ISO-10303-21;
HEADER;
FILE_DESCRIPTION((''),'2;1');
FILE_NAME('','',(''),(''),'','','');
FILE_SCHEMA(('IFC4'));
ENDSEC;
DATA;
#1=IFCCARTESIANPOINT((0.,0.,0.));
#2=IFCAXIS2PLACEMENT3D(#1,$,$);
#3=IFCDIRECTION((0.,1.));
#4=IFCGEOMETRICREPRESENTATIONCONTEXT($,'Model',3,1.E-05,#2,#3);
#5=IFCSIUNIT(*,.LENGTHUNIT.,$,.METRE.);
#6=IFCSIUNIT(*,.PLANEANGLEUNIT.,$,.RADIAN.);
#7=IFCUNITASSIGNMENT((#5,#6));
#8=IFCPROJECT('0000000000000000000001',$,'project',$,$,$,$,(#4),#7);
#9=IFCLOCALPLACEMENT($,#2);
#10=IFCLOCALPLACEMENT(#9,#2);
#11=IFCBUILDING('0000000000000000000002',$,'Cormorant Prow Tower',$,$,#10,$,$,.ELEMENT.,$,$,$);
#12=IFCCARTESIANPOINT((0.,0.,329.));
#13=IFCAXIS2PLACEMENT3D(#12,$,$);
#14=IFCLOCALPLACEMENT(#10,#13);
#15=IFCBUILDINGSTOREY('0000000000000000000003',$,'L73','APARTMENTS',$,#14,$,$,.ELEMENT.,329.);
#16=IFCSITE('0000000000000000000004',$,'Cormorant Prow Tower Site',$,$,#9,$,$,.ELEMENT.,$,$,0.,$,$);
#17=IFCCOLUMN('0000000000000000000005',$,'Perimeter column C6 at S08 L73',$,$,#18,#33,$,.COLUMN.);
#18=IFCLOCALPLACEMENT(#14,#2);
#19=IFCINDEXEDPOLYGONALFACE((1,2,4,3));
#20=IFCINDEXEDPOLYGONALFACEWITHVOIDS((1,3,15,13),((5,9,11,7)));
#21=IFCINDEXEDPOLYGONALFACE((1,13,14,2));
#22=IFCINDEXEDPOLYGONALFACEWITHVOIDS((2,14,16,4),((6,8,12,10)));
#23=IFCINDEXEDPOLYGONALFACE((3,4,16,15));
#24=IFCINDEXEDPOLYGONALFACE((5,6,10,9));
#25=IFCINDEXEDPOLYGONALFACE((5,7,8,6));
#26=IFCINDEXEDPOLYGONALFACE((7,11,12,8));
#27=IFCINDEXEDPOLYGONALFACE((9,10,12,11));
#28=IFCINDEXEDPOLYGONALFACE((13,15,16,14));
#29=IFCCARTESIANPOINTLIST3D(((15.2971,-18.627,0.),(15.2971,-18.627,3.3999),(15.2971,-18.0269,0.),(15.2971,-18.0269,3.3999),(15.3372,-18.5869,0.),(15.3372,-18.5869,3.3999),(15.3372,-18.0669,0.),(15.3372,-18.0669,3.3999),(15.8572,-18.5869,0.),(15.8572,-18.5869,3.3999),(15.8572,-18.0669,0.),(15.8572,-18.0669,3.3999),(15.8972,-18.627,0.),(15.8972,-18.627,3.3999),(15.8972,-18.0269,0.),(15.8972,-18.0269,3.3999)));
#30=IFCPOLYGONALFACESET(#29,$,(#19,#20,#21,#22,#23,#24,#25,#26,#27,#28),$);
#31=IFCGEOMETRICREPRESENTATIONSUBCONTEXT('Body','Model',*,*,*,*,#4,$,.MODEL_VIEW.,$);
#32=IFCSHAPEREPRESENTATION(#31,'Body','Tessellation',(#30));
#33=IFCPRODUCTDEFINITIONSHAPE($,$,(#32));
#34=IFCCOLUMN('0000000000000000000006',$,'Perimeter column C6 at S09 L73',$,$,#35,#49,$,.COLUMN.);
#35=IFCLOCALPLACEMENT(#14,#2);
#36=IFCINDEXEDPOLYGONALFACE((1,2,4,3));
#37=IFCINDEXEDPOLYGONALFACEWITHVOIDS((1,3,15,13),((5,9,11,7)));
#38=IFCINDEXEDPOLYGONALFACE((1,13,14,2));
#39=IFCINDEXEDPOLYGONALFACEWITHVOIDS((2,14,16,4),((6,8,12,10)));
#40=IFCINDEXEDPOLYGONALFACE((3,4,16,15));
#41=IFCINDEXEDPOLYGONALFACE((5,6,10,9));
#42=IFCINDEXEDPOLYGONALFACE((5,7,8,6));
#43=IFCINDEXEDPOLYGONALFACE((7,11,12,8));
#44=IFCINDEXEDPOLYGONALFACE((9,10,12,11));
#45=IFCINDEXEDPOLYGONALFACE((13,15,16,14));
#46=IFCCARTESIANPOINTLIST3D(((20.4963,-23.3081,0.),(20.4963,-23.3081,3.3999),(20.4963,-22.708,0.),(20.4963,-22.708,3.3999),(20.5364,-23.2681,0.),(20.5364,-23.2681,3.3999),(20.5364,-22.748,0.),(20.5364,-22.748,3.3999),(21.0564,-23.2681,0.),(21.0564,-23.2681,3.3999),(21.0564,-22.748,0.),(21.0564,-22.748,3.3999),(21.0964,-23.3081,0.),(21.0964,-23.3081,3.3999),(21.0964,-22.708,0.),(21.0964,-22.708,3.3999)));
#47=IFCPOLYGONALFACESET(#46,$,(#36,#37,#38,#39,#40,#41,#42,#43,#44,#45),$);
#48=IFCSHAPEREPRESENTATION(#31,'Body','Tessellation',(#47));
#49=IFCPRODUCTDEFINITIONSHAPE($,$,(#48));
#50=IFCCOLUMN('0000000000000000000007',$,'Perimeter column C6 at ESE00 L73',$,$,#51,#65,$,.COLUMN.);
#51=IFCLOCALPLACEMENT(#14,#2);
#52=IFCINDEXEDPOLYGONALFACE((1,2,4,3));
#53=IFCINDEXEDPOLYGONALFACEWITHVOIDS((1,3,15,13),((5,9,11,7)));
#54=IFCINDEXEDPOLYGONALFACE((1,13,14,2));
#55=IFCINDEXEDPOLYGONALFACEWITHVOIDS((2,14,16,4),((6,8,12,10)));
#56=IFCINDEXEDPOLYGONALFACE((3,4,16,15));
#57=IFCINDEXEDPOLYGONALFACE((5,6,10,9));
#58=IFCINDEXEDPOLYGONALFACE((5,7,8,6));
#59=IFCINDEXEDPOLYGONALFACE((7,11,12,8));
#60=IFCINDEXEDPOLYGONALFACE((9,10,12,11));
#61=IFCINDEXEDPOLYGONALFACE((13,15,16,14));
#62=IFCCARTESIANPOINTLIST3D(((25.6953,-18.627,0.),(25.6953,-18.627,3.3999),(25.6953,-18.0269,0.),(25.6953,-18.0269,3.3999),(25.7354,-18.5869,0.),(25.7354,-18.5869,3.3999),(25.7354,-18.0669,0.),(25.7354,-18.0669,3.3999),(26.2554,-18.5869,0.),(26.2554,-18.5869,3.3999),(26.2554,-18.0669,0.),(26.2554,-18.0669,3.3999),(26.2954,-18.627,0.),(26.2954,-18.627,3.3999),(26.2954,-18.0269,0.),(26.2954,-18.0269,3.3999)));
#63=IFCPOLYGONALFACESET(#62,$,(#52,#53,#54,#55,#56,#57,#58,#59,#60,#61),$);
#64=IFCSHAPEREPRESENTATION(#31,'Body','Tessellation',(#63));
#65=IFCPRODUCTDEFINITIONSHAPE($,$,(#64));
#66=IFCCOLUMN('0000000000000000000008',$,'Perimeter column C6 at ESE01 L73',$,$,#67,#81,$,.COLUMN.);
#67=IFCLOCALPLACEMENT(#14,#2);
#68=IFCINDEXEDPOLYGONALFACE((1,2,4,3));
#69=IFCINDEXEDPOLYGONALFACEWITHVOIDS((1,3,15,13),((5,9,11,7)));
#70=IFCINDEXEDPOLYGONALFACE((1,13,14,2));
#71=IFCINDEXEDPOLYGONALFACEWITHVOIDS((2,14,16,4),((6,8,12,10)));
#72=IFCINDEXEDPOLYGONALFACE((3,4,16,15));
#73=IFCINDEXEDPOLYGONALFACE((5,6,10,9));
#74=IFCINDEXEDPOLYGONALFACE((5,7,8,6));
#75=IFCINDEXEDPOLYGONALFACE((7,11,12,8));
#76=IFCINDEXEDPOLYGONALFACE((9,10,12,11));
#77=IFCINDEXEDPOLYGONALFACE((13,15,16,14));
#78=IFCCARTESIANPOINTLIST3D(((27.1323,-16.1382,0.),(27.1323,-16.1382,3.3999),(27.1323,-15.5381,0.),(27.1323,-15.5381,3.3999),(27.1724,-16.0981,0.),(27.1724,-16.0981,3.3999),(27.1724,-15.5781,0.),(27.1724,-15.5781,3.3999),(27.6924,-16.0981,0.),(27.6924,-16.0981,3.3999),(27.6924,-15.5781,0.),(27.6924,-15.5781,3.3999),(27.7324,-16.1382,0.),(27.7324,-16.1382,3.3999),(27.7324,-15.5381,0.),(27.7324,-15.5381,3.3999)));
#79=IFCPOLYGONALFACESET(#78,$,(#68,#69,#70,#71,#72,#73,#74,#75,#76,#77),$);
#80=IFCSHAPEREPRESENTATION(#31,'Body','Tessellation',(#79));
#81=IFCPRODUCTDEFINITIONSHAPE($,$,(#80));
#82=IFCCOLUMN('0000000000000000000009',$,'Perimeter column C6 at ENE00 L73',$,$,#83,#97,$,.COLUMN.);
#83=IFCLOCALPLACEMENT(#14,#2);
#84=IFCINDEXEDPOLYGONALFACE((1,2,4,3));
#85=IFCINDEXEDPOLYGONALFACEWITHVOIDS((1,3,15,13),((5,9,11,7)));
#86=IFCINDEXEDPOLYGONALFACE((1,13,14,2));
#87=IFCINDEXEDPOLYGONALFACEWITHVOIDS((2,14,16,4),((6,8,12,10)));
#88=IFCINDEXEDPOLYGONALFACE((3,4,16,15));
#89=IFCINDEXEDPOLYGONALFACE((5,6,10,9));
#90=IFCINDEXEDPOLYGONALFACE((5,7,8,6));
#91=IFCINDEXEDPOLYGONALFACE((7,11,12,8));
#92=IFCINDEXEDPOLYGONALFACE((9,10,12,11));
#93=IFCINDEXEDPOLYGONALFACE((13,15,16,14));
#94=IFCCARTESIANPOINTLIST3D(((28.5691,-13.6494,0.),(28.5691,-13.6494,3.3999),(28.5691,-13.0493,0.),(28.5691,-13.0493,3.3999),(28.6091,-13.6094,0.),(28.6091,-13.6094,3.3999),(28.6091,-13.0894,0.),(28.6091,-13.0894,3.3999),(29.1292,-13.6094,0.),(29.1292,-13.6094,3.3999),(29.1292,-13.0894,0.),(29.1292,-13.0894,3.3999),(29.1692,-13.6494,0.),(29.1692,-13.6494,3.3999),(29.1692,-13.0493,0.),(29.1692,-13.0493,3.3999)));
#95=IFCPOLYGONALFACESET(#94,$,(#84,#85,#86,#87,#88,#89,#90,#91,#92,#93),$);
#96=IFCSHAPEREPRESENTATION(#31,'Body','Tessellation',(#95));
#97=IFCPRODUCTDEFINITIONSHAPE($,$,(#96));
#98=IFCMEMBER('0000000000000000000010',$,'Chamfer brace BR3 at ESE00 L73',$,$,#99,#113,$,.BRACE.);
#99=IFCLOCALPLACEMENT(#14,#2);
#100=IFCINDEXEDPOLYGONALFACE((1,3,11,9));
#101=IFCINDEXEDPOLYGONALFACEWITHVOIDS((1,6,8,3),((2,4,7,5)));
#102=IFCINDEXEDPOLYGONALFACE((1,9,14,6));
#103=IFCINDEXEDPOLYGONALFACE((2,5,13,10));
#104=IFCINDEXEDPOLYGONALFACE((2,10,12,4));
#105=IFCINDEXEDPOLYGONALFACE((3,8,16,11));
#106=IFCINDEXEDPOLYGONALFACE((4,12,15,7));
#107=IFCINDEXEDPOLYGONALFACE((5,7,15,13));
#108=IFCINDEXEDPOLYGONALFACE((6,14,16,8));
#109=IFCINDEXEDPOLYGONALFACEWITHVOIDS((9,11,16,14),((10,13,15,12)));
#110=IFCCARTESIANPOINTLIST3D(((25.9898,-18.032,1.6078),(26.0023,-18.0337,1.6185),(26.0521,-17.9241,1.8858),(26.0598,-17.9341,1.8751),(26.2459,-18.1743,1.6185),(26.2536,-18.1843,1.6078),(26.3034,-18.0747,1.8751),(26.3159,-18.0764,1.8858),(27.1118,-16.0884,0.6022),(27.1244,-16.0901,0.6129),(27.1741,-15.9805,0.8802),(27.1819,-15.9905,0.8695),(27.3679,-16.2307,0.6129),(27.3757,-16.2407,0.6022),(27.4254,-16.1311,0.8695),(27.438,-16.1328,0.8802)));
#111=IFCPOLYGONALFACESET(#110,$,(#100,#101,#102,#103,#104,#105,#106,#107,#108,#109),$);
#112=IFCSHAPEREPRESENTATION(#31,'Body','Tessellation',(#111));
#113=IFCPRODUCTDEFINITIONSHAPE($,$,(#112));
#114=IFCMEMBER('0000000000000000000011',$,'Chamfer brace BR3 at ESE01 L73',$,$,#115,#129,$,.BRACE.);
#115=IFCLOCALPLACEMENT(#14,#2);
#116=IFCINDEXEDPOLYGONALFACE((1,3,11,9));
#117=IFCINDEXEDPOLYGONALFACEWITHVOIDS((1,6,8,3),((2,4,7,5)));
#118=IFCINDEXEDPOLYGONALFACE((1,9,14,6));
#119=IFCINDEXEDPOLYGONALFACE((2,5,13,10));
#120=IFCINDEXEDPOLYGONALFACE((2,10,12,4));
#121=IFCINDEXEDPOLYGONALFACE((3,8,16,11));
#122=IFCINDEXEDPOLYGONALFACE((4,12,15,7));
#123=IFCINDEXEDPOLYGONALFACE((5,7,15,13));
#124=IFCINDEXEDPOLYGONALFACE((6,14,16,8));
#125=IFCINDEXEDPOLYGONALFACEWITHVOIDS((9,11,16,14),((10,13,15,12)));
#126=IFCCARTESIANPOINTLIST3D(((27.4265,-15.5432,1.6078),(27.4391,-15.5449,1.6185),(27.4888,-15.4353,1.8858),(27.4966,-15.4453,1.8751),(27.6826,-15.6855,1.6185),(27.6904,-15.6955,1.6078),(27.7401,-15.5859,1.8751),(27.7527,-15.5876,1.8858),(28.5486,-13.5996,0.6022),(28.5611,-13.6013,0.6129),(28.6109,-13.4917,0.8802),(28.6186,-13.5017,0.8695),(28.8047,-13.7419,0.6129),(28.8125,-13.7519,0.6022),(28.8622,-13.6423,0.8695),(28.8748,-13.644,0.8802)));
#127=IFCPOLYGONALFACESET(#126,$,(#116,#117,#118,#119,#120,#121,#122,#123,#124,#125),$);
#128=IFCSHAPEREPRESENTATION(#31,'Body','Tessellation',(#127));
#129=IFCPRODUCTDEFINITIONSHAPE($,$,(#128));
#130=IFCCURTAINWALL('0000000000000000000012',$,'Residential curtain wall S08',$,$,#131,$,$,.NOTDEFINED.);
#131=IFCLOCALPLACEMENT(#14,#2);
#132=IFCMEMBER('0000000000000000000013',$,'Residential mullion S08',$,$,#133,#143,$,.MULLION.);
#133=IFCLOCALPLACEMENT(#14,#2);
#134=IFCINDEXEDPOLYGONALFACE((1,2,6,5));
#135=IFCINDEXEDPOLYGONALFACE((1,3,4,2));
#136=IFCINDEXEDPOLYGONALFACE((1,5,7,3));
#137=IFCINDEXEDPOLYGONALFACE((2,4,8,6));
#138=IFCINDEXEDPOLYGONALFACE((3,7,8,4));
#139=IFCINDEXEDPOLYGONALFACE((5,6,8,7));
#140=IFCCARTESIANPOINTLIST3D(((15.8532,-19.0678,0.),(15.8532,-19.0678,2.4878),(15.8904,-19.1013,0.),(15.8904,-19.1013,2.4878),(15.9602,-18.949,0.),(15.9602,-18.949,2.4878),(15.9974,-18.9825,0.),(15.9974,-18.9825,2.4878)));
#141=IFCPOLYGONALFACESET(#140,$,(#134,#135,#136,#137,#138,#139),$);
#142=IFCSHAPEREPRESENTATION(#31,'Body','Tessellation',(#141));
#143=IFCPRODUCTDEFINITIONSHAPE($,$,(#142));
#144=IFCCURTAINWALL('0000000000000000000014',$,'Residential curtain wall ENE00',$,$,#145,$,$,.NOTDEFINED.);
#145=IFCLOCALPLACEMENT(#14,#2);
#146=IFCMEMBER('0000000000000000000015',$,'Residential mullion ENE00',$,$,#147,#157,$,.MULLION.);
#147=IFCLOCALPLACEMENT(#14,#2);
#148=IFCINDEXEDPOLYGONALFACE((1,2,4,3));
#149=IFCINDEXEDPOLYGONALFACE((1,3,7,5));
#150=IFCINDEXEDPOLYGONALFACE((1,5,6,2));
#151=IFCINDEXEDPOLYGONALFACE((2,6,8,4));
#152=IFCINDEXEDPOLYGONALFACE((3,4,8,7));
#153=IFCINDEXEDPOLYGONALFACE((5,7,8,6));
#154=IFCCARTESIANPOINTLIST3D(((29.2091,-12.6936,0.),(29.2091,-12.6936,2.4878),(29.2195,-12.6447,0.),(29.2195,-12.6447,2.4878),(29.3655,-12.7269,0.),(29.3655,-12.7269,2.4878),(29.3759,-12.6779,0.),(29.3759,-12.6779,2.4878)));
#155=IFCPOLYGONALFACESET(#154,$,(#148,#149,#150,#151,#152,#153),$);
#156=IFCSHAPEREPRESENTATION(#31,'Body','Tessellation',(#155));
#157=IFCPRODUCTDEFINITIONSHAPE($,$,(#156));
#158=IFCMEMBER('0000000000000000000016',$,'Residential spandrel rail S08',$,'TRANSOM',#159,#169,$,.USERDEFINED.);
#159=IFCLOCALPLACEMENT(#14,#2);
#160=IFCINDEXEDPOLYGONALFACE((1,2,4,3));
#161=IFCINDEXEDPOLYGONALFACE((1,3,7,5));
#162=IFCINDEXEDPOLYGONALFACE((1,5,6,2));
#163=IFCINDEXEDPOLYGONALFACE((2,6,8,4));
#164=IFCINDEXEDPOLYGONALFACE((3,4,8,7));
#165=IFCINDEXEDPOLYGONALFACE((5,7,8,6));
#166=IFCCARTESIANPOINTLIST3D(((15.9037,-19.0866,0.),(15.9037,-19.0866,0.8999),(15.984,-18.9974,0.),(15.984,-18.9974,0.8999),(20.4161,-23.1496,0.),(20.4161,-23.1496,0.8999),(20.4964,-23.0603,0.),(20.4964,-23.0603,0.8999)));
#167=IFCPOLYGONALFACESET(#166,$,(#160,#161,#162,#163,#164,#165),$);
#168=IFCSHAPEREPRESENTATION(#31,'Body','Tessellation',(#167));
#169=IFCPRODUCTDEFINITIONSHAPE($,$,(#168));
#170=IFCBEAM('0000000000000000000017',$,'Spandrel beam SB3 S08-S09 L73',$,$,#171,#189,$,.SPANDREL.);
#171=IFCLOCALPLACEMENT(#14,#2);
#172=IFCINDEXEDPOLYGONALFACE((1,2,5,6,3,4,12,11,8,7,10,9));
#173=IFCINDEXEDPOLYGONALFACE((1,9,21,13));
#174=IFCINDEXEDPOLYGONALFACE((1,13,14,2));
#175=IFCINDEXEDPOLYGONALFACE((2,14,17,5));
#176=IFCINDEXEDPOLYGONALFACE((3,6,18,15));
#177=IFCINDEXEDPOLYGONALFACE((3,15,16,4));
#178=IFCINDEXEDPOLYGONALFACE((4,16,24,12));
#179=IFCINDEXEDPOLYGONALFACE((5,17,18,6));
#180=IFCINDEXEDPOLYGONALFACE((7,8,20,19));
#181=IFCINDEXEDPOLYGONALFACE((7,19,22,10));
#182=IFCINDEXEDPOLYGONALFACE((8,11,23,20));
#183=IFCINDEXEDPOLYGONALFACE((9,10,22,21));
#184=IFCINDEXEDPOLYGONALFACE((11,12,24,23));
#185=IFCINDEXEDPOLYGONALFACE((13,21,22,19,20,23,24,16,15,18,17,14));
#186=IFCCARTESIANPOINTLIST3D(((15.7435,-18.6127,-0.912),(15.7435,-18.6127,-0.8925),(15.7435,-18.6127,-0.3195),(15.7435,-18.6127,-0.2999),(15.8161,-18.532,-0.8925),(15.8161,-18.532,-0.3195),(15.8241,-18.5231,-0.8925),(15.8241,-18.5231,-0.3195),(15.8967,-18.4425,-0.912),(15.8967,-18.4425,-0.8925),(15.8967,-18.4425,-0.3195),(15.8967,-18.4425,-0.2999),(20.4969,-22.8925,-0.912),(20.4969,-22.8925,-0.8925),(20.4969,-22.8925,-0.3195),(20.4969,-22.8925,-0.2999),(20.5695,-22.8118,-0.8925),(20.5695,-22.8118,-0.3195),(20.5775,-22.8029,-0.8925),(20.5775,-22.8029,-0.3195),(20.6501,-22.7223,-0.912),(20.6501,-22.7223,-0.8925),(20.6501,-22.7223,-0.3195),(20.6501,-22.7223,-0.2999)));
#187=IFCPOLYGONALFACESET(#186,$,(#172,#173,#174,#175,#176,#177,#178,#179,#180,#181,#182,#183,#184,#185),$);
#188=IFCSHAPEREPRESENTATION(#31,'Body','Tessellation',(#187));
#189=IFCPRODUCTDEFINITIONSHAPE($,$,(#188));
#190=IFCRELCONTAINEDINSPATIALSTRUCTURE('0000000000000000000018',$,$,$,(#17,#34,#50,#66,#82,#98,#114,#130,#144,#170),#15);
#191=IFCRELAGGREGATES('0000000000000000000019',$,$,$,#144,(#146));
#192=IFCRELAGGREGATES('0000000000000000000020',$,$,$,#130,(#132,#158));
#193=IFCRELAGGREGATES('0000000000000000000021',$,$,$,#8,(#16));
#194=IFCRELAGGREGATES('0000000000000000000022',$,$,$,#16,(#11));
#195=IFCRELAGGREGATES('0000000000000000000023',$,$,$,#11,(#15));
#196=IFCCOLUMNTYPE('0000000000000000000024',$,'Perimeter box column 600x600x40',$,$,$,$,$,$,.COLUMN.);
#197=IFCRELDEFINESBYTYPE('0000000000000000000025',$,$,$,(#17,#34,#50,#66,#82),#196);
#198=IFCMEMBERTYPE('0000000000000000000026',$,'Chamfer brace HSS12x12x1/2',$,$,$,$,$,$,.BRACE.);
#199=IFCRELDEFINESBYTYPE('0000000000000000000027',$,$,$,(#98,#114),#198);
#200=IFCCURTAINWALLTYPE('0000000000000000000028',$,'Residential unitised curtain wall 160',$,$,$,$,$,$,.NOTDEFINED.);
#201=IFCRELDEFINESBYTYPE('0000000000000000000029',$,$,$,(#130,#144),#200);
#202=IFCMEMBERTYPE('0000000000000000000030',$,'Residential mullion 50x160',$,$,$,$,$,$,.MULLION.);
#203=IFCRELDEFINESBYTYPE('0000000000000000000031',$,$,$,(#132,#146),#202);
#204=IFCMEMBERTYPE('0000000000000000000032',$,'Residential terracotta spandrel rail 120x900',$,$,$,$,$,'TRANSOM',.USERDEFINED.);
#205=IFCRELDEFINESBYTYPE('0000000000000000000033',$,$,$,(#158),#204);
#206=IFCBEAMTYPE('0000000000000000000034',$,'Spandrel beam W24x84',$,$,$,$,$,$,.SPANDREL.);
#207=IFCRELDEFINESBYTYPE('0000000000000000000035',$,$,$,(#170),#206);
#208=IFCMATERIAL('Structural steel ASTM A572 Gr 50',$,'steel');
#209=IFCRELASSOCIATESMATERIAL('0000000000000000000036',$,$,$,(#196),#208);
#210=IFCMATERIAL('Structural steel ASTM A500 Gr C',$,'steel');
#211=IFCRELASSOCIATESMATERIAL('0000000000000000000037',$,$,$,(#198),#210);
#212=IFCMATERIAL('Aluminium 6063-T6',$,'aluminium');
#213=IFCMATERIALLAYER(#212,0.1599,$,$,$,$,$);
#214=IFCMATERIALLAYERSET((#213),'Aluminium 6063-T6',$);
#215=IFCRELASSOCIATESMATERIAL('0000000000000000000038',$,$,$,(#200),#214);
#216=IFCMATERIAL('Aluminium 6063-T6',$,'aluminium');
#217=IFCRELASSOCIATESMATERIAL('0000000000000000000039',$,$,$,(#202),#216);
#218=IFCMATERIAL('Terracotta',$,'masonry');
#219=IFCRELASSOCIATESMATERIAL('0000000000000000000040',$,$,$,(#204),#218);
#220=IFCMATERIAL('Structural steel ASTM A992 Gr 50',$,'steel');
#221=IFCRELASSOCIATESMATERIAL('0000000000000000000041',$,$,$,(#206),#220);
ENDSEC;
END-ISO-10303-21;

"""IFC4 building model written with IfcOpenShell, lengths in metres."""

from ifc_helpers import new_model, si_unit, direction, frame, origin, origin_2d, place, context, subcontext, project, spatial, rectangle, hollow_rectangle, i_section, extrude, material, layer, layer_set, material_profile, profile_set, type_object, element, aggregate, save


model = new_model("IFC4")

# Units and contexts
model_context = context("Model", 3, precision=1e-05, world=origin(), true_north=direction((0.0, 1.0)))
body_context = subcontext(model_context, "Body", "Model", "MODEL_VIEW")
ifc_project = project(units=[si_unit("LENGTHUNIT", "METRE"), si_unit("PLANEANGLEUNIT", "RADIAN")], contexts=[model_context])

# Site, building, storey
site_placement = place(None, origin())
site = spatial("IfcSite", under=ifc_project, at=site_placement, Name="Cormorant Prow Tower Site", CompositionType="ELEMENT", RefElevation=0.0)
building_placement = place(site_placement, origin())
building = spatial("IfcBuilding", under=site, at=building_placement, Name="Cormorant Prow Tower", CompositionType="ELEMENT")
storey_placement = place(building_placement, frame((0.0, 0.0, 329.0)))
storey = spatial("IfcBuildingStorey", under=building, at=storey_placement, Name="L73", Description="APARTMENTS", CompositionType="ELEMENT", Elevation=329.0)

# Columns
ifc_material_1 = material(Name="Structural steel ASTM A572 Gr 50", Category="steel")
ifc_material_profile_1 = material_profile(ifc_material_1, hollow_rectangle(XDim=0.6001, YDim=0.6001, WallThickness=0.04, at=origin_2d()), Name="Box 600x600x40")
ifc_profile_set_1 = profile_set([ifc_material_profile_1], Name="Structural steel ASTM A572 Gr 50")
column_type = type_object("IfcColumnType", Name="Perimeter box column 600x600x40", PredefinedType="COLUMN", material=ifc_profile_set_1)
for number, where, z_axis, x_axis, name in (
    (1, (15.5972, -18.3269, 0.0), (0.0, 0.0, 1.0), (1.0, 0.0, 0.0), "Perimeter column C6 at S08 L73"),
    (2, (20.7964, -23.0081, 0.0), (0.0, 0.0, 1.0), (1.0, 0.0, 0.0), "Perimeter column C6 at S09 L73"),
    (3, (25.9954, -18.3269, 0.0), (0.0, 0.0, 1.0), (1.0, 0.0, 0.0), "Perimeter column C6 at ESE00 L73"),
    (4, (27.4324, -15.8381, 0.0), (0.0, 0.0, 1.0), (1.0, 0.0, 0.0), "Perimeter column C6 at ESE01 L73"),
    (5, (28.8691, -13.3494, 0.0), (0.0, 0.0, 1.0), (1.0, 0.0, 0.0), "Perimeter column C6 at ENE00 L73"),
):
    element("IfcColumn", number, at=place(storey_placement, frame(where, z_axis=z_axis, x_axis=x_axis)), inside=storey, type_object=column_type, Name=name, PredefinedType="COLUMN", context=body_context, shape_type="SweptSolid", body=[
        extrude(hollow_rectangle(XDim=0.6001, YDim=0.6001, WallThickness=0.04, at=origin_2d()), origin(), (0.0, 0.0, 1.0), 3.3999),
    ])

# Members
ifc_material_2 = material(Name="Structural steel ASTM A500 Gr C", Category="steel")
ifc_material_profile_2 = material_profile(ifc_material_2, hollow_rectangle(XDim=0.3047, YDim=0.3047, WallThickness=0.0117, at=origin_2d()), Name="HSS12x12x1/2")
ifc_profile_set_2 = profile_set([ifc_material_profile_2], Name="Structural steel ASTM A500 Gr C")
member_type_1 = type_object("IfcMemberType", Name="Chamfer brace HSS12x12x1/2", PredefinedType="BRACE", material=ifc_profile_set_2)
for number, where, z_axis, x_axis, name in (
    (6, (27.2749, -16.1106, 0.7412), (-0.456266, -0.790324, 0.408912), (0.866039, -0.499977, 0.0), "Chamfer brace BR3 at ESE00 L73"),
    (7, (28.7117, -13.6218, 0.7412), (-0.456266, -0.790324, 0.408912), (0.866039, -0.499977, 0.0), "Chamfer brace BR3 at ESE01 L73"),
):
    element("IfcMember", number, at=place(storey_placement, frame(where, z_axis=z_axis, x_axis=x_axis)), inside=storey, type_object=member_type_1, Name=name, PredefinedType="BRACE", context=body_context, shape_type="SweptSolid", body=[
        extrude(hollow_rectangle(XDim=0.3047, YDim=0.3047, WallThickness=0.0117, at=origin_2d()), origin(), (0.0, 0.0, 1.0), 2.4592),
    ])

# Curtain walls, members
ifc_material_3 = material(Name="Aluminium 6063-T6", Category="aluminium")
ifc_layer_1 = layer(ifc_material_3, 0.1599)
ifc_layer_set_1 = layer_set([ifc_layer_1], Name="Aluminium 6063-T6")
curtain_wall_type = type_object("IfcCurtainWallType", Name="Residential unitised curtain wall 160", PredefinedType="NOTDEFINED", material=ifc_layer_set_1)
curtain_wall_1_placement = place(storey_placement, origin())
curtain_wall_1 = element("IfcCurtainWall", 8, at=curtain_wall_1_placement, inside=storey, type_object=curtain_wall_type, Name="Residential curtain wall S08", PredefinedType="NOTDEFINED")
ifc_material_4 = material(Name="Aluminium 6063-T6", Category="aluminium")
ifc_material_profile_3 = material_profile(ifc_material_4, rectangle(XDim=0.1599, YDim=0.05, at=origin_2d()), Name="Residential mullion 50x160")
ifc_profile_set_3 = profile_set([ifc_material_profile_3], Name="Aluminium 6063-T6")
member_type_2 = type_object("IfcMemberType", Name="Residential mullion 50x160", PredefinedType="MULLION", material=ifc_profile_set_3)
member_1_placement = place(storey_placement, frame((15.9253, -19.0251, 0.0), z_axis=(0.0, 0.0, 1.0), x_axis=(0.669131, 0.743145, 0.0)))
member_1 = element("IfcMember", 9, at=member_1_placement, type_object=member_type_2, Name="Residential mullion S08", PredefinedType="MULLION", context=body_context, shape_type="SweptSolid", body=[
    extrude(rectangle(XDim=0.1599, YDim=0.05, at=origin_2d()), origin(), (0.0, 0.0, 1.0), 2.4878),
])
curtain_wall_2_placement = place(storey_placement, origin())
curtain_wall_2 = element("IfcCurtainWall", 10, at=curtain_wall_2_placement, inside=storey, type_object=curtain_wall_type, Name="Residential curtain wall ENE00", PredefinedType="NOTDEFINED")
member_2_placement = place(storey_placement, frame((29.2925, -12.6858, 0.0), z_axis=(0.0, 0.0, 1.0), x_axis=(-0.978148, 0.207912, 0.0)))
member_2 = element("IfcMember", 11, at=member_2_placement, type_object=member_type_2, Name="Residential mullion ENE00", PredefinedType="MULLION", context=body_context, shape_type="SweptSolid", body=[
    extrude(rectangle(XDim=0.1599, YDim=0.05, at=origin_2d()), origin(), (0.0, 0.0, 1.0), 2.4878),
])
aggregate(curtain_wall_2, [member_2])

# Member
ifc_material_5 = material(Name="Terracotta", Category="masonry")
ifc_material_profile_4 = material_profile(ifc_material_5, rectangle(XDim=0.1201, YDim=0.8999, at=origin_2d()), Name="Residential terracotta spandrel rail 120x900")
ifc_profile_set_4 = profile_set([ifc_material_profile_4], Name="Terracotta")
member_type_3 = type_object("IfcMemberType", Name="Residential terracotta spandrel rail 120x900", ElementType="TRANSOM", PredefinedType="USERDEFINED", material=ifc_profile_set_4)
member_3_placement = place(storey_placement, frame((15.9438, -19.042, 0.45), z_axis=(0.743148, -0.669127, 0.0), x_axis=(0.669127, 0.743148, 0.0)))
member_3 = element("IfcMember", 12, at=member_3_placement, type_object=member_type_3, Name="Residential spandrel rail S08", ObjectType="TRANSOM", PredefinedType="USERDEFINED", context=body_context, shape_type="SweptSolid", body=[
    extrude(rectangle(XDim=0.1201, YDim=0.8999, at=origin_2d()), origin(), (0.0, 0.0, 1.0), 6.072),
])

# Beam
ifc_material_6 = material(Name="Structural steel ASTM A992 Gr 50", Category="steel")
ifc_material_profile_5 = material_profile(ifc_material_6, i_section(OverallWidth=0.229, OverallDepth=0.6121, WebThickness=0.012, FlangeThickness=0.0195, at=origin_2d()), Name="W24x84")
ifc_profile_set_5 = profile_set([ifc_material_profile_5], Name="Structural steel ASTM A992 Gr 50")
beam_type = type_object("IfcBeamType", Name="Spandrel beam W24x84", PredefinedType="SPANDREL", material=ifc_profile_set_5)
beam_1_placement = place(storey_placement, frame((15.8201, -18.5276, -0.606), z_axis=(0.743161, -0.669112, 0.0), x_axis=(0.669112, 0.743161, 0.0)))
element("IfcBeam", 13, at=beam_1_placement, inside=storey, type_object=beam_type, Name="Spandrel beam SB3 S08-S09 L73", PredefinedType="SPANDREL", context=body_context, shape_type="SweptSolid", body=[
    extrude(i_section(OverallWidth=0.229, OverallDepth=0.6121, WebThickness=0.012, FlangeThickness=0.0195, at=origin_2d()), origin(), (0.0, 0.0, 1.0), 6.3962),
])

aggregate(curtain_wall_1, [member_1, member_3])

save(model, "model.ifc")
